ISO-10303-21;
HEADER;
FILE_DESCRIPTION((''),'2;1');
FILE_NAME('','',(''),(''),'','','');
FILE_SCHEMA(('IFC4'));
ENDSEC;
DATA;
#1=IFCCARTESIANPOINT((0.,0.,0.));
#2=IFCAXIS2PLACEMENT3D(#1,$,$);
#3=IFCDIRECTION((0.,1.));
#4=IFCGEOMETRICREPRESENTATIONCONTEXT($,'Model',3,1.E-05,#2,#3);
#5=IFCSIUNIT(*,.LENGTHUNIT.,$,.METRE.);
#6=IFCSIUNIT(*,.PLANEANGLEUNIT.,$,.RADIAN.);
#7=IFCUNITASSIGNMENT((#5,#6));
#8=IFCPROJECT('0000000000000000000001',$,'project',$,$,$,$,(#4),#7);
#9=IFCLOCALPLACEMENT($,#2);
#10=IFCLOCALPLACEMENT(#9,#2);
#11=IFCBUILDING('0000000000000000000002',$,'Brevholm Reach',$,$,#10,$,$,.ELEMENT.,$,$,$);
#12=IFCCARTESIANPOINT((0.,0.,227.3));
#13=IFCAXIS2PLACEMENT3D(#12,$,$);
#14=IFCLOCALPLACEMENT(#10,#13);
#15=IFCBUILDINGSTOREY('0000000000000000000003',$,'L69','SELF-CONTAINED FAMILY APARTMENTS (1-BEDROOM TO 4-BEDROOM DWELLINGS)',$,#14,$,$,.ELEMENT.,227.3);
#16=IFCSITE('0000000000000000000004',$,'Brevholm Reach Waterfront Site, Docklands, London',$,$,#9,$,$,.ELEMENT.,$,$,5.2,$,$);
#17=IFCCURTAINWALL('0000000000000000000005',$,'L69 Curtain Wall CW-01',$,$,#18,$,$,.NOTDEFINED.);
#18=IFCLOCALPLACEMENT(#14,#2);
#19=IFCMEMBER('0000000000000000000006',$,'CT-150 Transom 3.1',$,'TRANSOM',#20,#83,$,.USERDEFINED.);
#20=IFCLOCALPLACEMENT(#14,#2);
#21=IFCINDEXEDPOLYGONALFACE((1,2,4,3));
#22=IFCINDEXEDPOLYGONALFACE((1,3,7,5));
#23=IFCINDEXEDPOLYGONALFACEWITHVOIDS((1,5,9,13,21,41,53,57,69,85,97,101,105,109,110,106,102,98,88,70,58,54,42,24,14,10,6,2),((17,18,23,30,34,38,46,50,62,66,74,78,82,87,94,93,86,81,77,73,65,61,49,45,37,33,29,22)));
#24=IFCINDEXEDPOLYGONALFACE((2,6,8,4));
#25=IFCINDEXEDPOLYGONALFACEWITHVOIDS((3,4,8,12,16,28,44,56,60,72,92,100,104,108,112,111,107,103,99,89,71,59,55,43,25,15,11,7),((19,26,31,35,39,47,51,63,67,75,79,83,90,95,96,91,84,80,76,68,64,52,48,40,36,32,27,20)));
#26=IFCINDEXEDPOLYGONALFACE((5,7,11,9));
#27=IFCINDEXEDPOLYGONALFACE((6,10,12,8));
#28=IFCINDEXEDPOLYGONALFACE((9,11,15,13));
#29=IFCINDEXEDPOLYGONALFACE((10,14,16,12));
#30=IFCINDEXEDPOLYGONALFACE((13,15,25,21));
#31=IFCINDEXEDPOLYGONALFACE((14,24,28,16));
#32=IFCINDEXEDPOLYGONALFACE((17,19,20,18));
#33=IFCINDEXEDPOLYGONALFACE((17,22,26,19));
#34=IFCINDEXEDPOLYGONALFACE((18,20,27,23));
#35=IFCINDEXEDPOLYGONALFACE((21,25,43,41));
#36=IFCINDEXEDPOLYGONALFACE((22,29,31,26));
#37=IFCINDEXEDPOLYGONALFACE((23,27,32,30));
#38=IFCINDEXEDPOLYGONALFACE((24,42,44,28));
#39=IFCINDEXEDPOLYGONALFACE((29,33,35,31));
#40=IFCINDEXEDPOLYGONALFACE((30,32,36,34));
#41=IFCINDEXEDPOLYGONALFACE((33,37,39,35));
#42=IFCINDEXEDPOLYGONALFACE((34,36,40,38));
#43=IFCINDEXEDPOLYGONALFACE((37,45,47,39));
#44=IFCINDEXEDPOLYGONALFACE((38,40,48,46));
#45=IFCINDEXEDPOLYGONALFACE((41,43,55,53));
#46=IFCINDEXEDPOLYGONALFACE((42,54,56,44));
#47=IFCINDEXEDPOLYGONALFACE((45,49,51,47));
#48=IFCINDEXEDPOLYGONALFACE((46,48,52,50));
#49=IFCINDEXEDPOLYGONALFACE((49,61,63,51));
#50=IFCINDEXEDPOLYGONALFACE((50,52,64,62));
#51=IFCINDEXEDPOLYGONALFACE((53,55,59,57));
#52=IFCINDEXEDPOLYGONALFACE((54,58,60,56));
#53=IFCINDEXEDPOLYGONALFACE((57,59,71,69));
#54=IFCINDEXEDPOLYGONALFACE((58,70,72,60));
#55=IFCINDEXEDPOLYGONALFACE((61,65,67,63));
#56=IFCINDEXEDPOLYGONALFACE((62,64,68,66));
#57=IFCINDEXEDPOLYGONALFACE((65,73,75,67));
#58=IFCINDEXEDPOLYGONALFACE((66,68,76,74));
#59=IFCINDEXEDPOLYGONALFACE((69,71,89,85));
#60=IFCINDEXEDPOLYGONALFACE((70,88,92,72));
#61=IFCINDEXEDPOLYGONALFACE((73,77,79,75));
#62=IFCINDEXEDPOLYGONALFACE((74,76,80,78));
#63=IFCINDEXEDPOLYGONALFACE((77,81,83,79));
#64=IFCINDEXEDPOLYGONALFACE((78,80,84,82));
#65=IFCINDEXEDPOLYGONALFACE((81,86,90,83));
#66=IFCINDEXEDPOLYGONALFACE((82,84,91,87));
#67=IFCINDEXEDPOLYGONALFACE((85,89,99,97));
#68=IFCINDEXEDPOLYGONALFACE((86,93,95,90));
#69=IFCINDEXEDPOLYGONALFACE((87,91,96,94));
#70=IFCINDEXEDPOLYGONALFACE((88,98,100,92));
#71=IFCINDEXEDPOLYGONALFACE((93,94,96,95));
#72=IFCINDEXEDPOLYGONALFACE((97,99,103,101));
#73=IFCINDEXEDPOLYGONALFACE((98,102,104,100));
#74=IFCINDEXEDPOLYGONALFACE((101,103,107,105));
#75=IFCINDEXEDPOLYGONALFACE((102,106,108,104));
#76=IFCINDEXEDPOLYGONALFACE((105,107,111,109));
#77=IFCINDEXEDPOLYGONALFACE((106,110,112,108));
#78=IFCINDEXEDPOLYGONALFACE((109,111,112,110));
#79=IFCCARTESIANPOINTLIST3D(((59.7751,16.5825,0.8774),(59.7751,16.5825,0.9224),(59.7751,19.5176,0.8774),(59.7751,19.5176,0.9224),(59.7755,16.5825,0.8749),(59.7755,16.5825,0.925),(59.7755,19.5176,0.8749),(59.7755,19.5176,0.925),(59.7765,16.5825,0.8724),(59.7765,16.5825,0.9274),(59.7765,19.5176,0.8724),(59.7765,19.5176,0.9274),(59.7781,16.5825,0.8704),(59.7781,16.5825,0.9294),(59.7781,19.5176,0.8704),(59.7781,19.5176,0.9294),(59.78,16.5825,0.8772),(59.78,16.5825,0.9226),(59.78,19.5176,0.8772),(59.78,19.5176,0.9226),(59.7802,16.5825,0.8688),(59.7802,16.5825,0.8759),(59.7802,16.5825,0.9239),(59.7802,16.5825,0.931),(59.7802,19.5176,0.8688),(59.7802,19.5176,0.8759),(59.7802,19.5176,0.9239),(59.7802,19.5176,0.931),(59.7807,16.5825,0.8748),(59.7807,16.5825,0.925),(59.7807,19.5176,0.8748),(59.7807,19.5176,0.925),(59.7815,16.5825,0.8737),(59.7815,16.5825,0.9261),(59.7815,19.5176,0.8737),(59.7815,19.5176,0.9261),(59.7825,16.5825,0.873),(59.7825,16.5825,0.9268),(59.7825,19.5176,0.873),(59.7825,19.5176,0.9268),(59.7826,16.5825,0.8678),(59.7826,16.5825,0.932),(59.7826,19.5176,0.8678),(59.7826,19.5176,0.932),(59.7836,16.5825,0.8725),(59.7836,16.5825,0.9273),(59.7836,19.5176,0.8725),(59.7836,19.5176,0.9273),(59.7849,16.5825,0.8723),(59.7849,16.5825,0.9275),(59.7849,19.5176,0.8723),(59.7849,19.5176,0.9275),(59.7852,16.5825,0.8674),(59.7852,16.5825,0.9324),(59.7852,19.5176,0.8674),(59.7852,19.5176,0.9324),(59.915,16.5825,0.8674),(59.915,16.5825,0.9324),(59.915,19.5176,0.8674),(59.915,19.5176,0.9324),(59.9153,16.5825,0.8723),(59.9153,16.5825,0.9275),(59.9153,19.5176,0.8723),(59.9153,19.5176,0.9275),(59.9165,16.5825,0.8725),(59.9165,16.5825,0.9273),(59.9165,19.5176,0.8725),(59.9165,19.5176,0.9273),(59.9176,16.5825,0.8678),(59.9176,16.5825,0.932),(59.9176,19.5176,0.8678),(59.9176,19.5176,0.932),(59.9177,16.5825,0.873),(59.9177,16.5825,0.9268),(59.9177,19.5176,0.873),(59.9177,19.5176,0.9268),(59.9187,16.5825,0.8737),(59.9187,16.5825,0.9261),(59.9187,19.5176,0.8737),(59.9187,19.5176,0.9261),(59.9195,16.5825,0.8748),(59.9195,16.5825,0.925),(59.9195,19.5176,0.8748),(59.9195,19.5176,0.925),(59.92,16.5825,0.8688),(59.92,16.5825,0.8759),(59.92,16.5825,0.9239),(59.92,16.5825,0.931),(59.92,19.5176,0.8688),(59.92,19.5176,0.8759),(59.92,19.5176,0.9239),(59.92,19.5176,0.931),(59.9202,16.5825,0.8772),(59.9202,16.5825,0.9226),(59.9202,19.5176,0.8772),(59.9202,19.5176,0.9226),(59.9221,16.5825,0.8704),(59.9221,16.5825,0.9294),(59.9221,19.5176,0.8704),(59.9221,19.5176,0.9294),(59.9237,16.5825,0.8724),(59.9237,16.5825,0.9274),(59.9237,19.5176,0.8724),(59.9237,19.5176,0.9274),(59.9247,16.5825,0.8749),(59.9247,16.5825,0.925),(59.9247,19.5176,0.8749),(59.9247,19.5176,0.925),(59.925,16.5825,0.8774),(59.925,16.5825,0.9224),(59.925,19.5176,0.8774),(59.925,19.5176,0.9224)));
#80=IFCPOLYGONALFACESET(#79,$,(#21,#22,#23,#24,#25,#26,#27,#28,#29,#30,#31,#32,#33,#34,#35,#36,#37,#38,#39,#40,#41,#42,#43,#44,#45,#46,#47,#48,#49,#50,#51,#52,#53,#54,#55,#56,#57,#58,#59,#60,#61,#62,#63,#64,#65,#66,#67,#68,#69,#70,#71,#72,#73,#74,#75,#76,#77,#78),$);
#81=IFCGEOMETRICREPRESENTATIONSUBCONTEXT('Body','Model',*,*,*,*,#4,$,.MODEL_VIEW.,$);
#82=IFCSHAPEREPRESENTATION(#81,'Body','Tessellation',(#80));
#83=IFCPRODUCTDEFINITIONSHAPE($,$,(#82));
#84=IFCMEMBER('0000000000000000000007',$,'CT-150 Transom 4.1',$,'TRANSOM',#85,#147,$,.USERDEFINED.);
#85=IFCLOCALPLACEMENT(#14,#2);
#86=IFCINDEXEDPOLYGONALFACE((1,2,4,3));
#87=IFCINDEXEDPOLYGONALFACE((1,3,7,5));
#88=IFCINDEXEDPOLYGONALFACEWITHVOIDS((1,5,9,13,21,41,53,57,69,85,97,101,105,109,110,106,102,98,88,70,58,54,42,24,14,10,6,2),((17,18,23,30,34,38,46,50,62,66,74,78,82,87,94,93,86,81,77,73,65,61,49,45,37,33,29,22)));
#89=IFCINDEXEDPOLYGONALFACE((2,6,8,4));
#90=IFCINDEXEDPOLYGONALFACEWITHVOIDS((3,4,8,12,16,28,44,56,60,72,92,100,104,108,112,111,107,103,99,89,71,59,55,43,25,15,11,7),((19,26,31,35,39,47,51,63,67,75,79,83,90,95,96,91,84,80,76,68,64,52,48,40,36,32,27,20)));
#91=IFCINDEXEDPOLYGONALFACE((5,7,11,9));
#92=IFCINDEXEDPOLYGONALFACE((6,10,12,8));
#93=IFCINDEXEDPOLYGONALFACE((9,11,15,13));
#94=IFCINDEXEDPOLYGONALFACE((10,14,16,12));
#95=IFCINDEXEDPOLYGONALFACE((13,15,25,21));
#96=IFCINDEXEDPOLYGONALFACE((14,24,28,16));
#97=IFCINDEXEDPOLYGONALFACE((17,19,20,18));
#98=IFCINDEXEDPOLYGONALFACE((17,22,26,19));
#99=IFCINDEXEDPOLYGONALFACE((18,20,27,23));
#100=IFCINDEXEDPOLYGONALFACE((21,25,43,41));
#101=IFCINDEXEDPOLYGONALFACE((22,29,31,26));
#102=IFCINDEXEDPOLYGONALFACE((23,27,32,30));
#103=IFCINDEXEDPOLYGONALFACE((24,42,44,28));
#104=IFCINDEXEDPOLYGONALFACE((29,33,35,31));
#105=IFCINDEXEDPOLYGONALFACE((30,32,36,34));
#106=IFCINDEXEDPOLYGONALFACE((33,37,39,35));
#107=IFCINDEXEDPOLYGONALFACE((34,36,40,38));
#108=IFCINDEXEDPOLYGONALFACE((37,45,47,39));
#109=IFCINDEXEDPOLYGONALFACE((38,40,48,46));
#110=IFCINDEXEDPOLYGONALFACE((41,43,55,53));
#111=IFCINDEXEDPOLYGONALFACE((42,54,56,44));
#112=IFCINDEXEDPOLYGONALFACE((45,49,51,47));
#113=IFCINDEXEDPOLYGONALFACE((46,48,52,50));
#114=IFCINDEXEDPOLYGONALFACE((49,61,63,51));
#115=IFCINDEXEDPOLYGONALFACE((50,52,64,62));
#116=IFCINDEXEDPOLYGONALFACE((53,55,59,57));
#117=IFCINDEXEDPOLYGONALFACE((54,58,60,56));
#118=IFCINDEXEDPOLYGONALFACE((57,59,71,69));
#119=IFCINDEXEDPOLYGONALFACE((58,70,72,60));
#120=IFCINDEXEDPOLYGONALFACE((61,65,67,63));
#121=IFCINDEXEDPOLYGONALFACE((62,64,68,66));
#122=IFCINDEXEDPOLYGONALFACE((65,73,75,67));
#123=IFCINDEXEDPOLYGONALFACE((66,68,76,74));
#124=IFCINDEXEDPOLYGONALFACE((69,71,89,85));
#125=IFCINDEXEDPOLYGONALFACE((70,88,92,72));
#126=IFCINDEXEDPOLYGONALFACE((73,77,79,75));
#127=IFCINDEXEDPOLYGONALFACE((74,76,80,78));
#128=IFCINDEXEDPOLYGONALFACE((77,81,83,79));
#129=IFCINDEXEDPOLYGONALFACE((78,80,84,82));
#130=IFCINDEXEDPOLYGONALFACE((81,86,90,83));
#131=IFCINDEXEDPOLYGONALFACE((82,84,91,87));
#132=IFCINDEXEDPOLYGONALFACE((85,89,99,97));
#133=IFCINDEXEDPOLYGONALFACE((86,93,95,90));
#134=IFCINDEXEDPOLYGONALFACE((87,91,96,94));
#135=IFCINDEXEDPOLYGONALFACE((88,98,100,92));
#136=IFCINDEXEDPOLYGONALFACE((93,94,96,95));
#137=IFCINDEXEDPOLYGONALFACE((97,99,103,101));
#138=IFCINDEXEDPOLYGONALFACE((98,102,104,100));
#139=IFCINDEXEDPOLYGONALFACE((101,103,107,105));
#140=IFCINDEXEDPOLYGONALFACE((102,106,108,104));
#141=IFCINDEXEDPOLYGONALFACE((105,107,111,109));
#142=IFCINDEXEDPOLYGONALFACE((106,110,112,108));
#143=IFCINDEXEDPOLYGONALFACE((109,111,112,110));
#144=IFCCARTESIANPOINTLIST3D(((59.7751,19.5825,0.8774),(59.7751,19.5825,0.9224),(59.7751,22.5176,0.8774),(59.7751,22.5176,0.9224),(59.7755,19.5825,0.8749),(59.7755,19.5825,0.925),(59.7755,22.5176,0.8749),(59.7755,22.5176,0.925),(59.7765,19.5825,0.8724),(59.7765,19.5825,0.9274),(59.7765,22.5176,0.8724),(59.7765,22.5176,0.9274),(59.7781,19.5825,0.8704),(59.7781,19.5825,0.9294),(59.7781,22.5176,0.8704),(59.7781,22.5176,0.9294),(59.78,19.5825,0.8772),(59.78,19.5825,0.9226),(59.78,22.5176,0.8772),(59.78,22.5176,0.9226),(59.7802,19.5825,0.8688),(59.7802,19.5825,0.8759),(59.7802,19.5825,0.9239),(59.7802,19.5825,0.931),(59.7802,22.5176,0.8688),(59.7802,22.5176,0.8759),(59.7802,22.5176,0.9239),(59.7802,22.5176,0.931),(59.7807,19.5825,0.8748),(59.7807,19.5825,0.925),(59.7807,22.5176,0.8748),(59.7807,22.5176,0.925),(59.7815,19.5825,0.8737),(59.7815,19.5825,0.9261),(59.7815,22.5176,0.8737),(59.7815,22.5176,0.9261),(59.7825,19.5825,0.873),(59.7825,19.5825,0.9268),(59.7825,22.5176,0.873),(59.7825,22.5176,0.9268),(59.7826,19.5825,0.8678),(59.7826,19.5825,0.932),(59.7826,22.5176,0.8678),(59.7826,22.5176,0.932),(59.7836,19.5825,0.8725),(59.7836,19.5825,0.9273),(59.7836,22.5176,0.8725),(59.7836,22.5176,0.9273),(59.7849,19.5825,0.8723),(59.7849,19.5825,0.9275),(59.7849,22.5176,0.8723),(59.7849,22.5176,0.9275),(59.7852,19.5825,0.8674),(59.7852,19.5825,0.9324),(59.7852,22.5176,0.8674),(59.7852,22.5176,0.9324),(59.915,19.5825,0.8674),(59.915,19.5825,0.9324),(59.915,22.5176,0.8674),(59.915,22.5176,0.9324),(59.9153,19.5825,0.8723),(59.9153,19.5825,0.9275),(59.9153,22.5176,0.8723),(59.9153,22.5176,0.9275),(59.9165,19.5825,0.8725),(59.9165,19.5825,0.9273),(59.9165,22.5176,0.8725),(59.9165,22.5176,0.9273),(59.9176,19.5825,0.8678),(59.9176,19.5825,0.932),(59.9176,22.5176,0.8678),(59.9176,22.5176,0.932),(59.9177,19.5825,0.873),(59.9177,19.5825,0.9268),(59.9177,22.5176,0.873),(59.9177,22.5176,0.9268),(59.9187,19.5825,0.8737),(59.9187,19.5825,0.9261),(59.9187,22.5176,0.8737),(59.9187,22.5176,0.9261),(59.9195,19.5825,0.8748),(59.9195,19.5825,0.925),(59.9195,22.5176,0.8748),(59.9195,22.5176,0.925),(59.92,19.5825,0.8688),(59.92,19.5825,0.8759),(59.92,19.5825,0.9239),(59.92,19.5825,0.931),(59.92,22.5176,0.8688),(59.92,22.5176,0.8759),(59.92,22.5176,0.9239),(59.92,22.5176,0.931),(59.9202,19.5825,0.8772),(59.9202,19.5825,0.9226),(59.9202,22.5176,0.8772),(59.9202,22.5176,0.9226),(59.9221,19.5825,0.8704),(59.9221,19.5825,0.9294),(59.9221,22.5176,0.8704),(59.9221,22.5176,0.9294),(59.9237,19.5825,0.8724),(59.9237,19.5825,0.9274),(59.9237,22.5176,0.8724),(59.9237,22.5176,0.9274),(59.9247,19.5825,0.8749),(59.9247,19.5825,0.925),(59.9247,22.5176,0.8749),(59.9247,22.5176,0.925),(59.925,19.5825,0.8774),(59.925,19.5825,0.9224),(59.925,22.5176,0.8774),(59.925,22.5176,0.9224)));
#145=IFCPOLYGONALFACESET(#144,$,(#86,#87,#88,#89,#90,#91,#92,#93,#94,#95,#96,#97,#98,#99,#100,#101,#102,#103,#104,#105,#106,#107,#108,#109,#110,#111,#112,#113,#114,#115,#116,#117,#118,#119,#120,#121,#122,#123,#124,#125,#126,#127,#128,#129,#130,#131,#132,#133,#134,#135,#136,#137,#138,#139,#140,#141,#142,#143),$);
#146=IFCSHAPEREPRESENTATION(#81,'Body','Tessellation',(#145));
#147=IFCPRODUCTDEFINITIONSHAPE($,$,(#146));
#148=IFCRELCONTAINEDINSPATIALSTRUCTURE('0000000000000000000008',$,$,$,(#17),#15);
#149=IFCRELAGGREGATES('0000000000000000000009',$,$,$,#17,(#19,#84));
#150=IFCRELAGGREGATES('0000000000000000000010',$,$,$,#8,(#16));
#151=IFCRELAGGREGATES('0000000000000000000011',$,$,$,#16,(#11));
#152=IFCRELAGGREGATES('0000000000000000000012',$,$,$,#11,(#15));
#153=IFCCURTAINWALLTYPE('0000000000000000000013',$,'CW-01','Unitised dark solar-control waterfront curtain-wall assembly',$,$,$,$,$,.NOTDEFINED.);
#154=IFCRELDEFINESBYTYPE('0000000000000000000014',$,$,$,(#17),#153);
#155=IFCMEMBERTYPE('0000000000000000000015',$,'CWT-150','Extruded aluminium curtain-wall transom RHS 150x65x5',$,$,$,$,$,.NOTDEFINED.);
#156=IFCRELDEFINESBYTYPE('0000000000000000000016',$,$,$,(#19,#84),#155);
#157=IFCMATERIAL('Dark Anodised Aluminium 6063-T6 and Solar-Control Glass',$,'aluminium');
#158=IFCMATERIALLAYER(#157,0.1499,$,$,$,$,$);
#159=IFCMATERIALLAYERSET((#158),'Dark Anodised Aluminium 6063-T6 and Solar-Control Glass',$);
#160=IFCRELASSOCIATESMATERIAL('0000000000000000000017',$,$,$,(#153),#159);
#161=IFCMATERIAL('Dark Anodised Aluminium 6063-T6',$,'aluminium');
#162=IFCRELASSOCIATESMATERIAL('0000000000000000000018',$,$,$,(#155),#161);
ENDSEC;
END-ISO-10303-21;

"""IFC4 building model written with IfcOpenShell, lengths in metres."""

from ifc_helpers import new_model, si_unit, direction, frame, origin, origin_2d, place, context, subcontext, project, spatial, hollow_rectangle, extrude, material, layer, layer_set, material_profile, profile_set, type_object, element, aggregate, save


model = new_model("IFC4")

# Units and contexts
model_context = context("Model", 3, precision=1e-05, world=origin(), true_north=direction((0.0, 1.0)))
body_context = subcontext(model_context, "Body", "Model", "MODEL_VIEW")
ifc_project = project(units=[si_unit("LENGTHUNIT", "METRE"), si_unit("PLANEANGLEUNIT", "RADIAN")], contexts=[model_context])

# Site, building, storey
site_placement = place(None, origin())
site = spatial("IfcSite", under=ifc_project, at=site_placement, Name="Brevholm Reach Waterfront Site, Docklands, London", CompositionType="ELEMENT", RefElevation=5.2)
building_placement = place(site_placement, origin())
building = spatial("IfcBuilding", under=site, at=building_placement, Name="Brevholm Reach", CompositionType="ELEMENT")
storey_placement = place(building_placement, frame((0.0, 0.0, 227.3)))
storey = spatial("IfcBuildingStorey", under=building, at=storey_placement, Name="L69", Description="SELF-CONTAINED FAMILY APARTMENTS (1-BEDROOM TO 4-BEDROOM DWELLINGS)", CompositionType="ELEMENT", Elevation=227.3)

# Curtain wall, members
ifc_material_1 = material(Name="Dark Anodised Aluminium 6063-T6 and Solar-Control Glass", Category="aluminium")
ifc_layer_1 = layer(ifc_material_1, 0.1499)
ifc_layer_set_1 = layer_set([ifc_layer_1], Name="Dark Anodised Aluminium 6063-T6 and Solar-Control Glass")
curtain_wall_type = type_object("IfcCurtainWallType", Name="CW-01", Description="Unitised dark solar-control waterfront curtain-wall assembly", PredefinedType="NOTDEFINED", material=ifc_layer_set_1)
curtain_wall_placement = place(storey_placement, origin())
curtain_wall = element("IfcCurtainWall", 1, at=curtain_wall_placement, inside=storey, type_object=curtain_wall_type, Name="L69 Curtain Wall CW-01", PredefinedType="NOTDEFINED")
ifc_material_2 = material(Name="Dark Anodised Aluminium 6063-T6", Category="aluminium")
ifc_material_profile_1 = material_profile(ifc_material_2, hollow_rectangle(XDim=0.0649, YDim=0.1499, WallThickness=0.0049, InnerFilletRadius=0.0049, OuterFilletRadius=0.01, at=origin_2d()), Name="RHS 150x65x5")
ifc_profile_set_1 = profile_set([ifc_material_profile_1], Name="Dark Anodised Aluminium 6063-T6")
member_type_1 = type_object("IfcMemberType", Name="CWT-150", Description="Extruded aluminium curtain-wall transom RHS 150x65x5", PredefinedType="NOTDEFINED", material=ifc_profile_set_1)
member_1_placement = place(storey_placement, frame((59.8501, 16.5825, 0.8999), z_axis=(0.0, 1.0, 0.0), x_axis=(0.0, 0.0, 1.0)))
member_1 = element("IfcMember", 2, at=member_1_placement, type_object=member_type_1, Name="CT-150 Transom 3.1", ObjectType="TRANSOM", PredefinedType="USERDEFINED", context=body_context, shape_type="SweptSolid", body=[
    extrude(hollow_rectangle(XDim=0.0649, YDim=0.1499, WallThickness=0.0049, InnerFilletRadius=0.0049, OuterFilletRadius=0.01, at=origin_2d()), origin(), (0.0, 0.0, 1.0), 2.9351),
])
member_2_placement = place(storey_placement, frame((59.8501, 19.5825, 0.8999), z_axis=(0.0, 1.0, 0.0), x_axis=(0.0, 0.0, 1.0)))
member_2 = element("IfcMember", 3, at=member_2_placement, type_object=member_type_1, Name="CT-150 Transom 4.1", ObjectType="TRANSOM", PredefinedType="USERDEFINED", context=body_context, shape_type="SweptSolid", body=[
    extrude(hollow_rectangle(XDim=0.0649, YDim=0.1499, WallThickness=0.0049, InnerFilletRadius=0.0049, OuterFilletRadius=0.01, at=origin_2d()), origin(), (0.0, 0.0, 1.0), 2.9351),
])
aggregate(curtain_wall, [member_1, member_2])

save(model, "model.ifc")
